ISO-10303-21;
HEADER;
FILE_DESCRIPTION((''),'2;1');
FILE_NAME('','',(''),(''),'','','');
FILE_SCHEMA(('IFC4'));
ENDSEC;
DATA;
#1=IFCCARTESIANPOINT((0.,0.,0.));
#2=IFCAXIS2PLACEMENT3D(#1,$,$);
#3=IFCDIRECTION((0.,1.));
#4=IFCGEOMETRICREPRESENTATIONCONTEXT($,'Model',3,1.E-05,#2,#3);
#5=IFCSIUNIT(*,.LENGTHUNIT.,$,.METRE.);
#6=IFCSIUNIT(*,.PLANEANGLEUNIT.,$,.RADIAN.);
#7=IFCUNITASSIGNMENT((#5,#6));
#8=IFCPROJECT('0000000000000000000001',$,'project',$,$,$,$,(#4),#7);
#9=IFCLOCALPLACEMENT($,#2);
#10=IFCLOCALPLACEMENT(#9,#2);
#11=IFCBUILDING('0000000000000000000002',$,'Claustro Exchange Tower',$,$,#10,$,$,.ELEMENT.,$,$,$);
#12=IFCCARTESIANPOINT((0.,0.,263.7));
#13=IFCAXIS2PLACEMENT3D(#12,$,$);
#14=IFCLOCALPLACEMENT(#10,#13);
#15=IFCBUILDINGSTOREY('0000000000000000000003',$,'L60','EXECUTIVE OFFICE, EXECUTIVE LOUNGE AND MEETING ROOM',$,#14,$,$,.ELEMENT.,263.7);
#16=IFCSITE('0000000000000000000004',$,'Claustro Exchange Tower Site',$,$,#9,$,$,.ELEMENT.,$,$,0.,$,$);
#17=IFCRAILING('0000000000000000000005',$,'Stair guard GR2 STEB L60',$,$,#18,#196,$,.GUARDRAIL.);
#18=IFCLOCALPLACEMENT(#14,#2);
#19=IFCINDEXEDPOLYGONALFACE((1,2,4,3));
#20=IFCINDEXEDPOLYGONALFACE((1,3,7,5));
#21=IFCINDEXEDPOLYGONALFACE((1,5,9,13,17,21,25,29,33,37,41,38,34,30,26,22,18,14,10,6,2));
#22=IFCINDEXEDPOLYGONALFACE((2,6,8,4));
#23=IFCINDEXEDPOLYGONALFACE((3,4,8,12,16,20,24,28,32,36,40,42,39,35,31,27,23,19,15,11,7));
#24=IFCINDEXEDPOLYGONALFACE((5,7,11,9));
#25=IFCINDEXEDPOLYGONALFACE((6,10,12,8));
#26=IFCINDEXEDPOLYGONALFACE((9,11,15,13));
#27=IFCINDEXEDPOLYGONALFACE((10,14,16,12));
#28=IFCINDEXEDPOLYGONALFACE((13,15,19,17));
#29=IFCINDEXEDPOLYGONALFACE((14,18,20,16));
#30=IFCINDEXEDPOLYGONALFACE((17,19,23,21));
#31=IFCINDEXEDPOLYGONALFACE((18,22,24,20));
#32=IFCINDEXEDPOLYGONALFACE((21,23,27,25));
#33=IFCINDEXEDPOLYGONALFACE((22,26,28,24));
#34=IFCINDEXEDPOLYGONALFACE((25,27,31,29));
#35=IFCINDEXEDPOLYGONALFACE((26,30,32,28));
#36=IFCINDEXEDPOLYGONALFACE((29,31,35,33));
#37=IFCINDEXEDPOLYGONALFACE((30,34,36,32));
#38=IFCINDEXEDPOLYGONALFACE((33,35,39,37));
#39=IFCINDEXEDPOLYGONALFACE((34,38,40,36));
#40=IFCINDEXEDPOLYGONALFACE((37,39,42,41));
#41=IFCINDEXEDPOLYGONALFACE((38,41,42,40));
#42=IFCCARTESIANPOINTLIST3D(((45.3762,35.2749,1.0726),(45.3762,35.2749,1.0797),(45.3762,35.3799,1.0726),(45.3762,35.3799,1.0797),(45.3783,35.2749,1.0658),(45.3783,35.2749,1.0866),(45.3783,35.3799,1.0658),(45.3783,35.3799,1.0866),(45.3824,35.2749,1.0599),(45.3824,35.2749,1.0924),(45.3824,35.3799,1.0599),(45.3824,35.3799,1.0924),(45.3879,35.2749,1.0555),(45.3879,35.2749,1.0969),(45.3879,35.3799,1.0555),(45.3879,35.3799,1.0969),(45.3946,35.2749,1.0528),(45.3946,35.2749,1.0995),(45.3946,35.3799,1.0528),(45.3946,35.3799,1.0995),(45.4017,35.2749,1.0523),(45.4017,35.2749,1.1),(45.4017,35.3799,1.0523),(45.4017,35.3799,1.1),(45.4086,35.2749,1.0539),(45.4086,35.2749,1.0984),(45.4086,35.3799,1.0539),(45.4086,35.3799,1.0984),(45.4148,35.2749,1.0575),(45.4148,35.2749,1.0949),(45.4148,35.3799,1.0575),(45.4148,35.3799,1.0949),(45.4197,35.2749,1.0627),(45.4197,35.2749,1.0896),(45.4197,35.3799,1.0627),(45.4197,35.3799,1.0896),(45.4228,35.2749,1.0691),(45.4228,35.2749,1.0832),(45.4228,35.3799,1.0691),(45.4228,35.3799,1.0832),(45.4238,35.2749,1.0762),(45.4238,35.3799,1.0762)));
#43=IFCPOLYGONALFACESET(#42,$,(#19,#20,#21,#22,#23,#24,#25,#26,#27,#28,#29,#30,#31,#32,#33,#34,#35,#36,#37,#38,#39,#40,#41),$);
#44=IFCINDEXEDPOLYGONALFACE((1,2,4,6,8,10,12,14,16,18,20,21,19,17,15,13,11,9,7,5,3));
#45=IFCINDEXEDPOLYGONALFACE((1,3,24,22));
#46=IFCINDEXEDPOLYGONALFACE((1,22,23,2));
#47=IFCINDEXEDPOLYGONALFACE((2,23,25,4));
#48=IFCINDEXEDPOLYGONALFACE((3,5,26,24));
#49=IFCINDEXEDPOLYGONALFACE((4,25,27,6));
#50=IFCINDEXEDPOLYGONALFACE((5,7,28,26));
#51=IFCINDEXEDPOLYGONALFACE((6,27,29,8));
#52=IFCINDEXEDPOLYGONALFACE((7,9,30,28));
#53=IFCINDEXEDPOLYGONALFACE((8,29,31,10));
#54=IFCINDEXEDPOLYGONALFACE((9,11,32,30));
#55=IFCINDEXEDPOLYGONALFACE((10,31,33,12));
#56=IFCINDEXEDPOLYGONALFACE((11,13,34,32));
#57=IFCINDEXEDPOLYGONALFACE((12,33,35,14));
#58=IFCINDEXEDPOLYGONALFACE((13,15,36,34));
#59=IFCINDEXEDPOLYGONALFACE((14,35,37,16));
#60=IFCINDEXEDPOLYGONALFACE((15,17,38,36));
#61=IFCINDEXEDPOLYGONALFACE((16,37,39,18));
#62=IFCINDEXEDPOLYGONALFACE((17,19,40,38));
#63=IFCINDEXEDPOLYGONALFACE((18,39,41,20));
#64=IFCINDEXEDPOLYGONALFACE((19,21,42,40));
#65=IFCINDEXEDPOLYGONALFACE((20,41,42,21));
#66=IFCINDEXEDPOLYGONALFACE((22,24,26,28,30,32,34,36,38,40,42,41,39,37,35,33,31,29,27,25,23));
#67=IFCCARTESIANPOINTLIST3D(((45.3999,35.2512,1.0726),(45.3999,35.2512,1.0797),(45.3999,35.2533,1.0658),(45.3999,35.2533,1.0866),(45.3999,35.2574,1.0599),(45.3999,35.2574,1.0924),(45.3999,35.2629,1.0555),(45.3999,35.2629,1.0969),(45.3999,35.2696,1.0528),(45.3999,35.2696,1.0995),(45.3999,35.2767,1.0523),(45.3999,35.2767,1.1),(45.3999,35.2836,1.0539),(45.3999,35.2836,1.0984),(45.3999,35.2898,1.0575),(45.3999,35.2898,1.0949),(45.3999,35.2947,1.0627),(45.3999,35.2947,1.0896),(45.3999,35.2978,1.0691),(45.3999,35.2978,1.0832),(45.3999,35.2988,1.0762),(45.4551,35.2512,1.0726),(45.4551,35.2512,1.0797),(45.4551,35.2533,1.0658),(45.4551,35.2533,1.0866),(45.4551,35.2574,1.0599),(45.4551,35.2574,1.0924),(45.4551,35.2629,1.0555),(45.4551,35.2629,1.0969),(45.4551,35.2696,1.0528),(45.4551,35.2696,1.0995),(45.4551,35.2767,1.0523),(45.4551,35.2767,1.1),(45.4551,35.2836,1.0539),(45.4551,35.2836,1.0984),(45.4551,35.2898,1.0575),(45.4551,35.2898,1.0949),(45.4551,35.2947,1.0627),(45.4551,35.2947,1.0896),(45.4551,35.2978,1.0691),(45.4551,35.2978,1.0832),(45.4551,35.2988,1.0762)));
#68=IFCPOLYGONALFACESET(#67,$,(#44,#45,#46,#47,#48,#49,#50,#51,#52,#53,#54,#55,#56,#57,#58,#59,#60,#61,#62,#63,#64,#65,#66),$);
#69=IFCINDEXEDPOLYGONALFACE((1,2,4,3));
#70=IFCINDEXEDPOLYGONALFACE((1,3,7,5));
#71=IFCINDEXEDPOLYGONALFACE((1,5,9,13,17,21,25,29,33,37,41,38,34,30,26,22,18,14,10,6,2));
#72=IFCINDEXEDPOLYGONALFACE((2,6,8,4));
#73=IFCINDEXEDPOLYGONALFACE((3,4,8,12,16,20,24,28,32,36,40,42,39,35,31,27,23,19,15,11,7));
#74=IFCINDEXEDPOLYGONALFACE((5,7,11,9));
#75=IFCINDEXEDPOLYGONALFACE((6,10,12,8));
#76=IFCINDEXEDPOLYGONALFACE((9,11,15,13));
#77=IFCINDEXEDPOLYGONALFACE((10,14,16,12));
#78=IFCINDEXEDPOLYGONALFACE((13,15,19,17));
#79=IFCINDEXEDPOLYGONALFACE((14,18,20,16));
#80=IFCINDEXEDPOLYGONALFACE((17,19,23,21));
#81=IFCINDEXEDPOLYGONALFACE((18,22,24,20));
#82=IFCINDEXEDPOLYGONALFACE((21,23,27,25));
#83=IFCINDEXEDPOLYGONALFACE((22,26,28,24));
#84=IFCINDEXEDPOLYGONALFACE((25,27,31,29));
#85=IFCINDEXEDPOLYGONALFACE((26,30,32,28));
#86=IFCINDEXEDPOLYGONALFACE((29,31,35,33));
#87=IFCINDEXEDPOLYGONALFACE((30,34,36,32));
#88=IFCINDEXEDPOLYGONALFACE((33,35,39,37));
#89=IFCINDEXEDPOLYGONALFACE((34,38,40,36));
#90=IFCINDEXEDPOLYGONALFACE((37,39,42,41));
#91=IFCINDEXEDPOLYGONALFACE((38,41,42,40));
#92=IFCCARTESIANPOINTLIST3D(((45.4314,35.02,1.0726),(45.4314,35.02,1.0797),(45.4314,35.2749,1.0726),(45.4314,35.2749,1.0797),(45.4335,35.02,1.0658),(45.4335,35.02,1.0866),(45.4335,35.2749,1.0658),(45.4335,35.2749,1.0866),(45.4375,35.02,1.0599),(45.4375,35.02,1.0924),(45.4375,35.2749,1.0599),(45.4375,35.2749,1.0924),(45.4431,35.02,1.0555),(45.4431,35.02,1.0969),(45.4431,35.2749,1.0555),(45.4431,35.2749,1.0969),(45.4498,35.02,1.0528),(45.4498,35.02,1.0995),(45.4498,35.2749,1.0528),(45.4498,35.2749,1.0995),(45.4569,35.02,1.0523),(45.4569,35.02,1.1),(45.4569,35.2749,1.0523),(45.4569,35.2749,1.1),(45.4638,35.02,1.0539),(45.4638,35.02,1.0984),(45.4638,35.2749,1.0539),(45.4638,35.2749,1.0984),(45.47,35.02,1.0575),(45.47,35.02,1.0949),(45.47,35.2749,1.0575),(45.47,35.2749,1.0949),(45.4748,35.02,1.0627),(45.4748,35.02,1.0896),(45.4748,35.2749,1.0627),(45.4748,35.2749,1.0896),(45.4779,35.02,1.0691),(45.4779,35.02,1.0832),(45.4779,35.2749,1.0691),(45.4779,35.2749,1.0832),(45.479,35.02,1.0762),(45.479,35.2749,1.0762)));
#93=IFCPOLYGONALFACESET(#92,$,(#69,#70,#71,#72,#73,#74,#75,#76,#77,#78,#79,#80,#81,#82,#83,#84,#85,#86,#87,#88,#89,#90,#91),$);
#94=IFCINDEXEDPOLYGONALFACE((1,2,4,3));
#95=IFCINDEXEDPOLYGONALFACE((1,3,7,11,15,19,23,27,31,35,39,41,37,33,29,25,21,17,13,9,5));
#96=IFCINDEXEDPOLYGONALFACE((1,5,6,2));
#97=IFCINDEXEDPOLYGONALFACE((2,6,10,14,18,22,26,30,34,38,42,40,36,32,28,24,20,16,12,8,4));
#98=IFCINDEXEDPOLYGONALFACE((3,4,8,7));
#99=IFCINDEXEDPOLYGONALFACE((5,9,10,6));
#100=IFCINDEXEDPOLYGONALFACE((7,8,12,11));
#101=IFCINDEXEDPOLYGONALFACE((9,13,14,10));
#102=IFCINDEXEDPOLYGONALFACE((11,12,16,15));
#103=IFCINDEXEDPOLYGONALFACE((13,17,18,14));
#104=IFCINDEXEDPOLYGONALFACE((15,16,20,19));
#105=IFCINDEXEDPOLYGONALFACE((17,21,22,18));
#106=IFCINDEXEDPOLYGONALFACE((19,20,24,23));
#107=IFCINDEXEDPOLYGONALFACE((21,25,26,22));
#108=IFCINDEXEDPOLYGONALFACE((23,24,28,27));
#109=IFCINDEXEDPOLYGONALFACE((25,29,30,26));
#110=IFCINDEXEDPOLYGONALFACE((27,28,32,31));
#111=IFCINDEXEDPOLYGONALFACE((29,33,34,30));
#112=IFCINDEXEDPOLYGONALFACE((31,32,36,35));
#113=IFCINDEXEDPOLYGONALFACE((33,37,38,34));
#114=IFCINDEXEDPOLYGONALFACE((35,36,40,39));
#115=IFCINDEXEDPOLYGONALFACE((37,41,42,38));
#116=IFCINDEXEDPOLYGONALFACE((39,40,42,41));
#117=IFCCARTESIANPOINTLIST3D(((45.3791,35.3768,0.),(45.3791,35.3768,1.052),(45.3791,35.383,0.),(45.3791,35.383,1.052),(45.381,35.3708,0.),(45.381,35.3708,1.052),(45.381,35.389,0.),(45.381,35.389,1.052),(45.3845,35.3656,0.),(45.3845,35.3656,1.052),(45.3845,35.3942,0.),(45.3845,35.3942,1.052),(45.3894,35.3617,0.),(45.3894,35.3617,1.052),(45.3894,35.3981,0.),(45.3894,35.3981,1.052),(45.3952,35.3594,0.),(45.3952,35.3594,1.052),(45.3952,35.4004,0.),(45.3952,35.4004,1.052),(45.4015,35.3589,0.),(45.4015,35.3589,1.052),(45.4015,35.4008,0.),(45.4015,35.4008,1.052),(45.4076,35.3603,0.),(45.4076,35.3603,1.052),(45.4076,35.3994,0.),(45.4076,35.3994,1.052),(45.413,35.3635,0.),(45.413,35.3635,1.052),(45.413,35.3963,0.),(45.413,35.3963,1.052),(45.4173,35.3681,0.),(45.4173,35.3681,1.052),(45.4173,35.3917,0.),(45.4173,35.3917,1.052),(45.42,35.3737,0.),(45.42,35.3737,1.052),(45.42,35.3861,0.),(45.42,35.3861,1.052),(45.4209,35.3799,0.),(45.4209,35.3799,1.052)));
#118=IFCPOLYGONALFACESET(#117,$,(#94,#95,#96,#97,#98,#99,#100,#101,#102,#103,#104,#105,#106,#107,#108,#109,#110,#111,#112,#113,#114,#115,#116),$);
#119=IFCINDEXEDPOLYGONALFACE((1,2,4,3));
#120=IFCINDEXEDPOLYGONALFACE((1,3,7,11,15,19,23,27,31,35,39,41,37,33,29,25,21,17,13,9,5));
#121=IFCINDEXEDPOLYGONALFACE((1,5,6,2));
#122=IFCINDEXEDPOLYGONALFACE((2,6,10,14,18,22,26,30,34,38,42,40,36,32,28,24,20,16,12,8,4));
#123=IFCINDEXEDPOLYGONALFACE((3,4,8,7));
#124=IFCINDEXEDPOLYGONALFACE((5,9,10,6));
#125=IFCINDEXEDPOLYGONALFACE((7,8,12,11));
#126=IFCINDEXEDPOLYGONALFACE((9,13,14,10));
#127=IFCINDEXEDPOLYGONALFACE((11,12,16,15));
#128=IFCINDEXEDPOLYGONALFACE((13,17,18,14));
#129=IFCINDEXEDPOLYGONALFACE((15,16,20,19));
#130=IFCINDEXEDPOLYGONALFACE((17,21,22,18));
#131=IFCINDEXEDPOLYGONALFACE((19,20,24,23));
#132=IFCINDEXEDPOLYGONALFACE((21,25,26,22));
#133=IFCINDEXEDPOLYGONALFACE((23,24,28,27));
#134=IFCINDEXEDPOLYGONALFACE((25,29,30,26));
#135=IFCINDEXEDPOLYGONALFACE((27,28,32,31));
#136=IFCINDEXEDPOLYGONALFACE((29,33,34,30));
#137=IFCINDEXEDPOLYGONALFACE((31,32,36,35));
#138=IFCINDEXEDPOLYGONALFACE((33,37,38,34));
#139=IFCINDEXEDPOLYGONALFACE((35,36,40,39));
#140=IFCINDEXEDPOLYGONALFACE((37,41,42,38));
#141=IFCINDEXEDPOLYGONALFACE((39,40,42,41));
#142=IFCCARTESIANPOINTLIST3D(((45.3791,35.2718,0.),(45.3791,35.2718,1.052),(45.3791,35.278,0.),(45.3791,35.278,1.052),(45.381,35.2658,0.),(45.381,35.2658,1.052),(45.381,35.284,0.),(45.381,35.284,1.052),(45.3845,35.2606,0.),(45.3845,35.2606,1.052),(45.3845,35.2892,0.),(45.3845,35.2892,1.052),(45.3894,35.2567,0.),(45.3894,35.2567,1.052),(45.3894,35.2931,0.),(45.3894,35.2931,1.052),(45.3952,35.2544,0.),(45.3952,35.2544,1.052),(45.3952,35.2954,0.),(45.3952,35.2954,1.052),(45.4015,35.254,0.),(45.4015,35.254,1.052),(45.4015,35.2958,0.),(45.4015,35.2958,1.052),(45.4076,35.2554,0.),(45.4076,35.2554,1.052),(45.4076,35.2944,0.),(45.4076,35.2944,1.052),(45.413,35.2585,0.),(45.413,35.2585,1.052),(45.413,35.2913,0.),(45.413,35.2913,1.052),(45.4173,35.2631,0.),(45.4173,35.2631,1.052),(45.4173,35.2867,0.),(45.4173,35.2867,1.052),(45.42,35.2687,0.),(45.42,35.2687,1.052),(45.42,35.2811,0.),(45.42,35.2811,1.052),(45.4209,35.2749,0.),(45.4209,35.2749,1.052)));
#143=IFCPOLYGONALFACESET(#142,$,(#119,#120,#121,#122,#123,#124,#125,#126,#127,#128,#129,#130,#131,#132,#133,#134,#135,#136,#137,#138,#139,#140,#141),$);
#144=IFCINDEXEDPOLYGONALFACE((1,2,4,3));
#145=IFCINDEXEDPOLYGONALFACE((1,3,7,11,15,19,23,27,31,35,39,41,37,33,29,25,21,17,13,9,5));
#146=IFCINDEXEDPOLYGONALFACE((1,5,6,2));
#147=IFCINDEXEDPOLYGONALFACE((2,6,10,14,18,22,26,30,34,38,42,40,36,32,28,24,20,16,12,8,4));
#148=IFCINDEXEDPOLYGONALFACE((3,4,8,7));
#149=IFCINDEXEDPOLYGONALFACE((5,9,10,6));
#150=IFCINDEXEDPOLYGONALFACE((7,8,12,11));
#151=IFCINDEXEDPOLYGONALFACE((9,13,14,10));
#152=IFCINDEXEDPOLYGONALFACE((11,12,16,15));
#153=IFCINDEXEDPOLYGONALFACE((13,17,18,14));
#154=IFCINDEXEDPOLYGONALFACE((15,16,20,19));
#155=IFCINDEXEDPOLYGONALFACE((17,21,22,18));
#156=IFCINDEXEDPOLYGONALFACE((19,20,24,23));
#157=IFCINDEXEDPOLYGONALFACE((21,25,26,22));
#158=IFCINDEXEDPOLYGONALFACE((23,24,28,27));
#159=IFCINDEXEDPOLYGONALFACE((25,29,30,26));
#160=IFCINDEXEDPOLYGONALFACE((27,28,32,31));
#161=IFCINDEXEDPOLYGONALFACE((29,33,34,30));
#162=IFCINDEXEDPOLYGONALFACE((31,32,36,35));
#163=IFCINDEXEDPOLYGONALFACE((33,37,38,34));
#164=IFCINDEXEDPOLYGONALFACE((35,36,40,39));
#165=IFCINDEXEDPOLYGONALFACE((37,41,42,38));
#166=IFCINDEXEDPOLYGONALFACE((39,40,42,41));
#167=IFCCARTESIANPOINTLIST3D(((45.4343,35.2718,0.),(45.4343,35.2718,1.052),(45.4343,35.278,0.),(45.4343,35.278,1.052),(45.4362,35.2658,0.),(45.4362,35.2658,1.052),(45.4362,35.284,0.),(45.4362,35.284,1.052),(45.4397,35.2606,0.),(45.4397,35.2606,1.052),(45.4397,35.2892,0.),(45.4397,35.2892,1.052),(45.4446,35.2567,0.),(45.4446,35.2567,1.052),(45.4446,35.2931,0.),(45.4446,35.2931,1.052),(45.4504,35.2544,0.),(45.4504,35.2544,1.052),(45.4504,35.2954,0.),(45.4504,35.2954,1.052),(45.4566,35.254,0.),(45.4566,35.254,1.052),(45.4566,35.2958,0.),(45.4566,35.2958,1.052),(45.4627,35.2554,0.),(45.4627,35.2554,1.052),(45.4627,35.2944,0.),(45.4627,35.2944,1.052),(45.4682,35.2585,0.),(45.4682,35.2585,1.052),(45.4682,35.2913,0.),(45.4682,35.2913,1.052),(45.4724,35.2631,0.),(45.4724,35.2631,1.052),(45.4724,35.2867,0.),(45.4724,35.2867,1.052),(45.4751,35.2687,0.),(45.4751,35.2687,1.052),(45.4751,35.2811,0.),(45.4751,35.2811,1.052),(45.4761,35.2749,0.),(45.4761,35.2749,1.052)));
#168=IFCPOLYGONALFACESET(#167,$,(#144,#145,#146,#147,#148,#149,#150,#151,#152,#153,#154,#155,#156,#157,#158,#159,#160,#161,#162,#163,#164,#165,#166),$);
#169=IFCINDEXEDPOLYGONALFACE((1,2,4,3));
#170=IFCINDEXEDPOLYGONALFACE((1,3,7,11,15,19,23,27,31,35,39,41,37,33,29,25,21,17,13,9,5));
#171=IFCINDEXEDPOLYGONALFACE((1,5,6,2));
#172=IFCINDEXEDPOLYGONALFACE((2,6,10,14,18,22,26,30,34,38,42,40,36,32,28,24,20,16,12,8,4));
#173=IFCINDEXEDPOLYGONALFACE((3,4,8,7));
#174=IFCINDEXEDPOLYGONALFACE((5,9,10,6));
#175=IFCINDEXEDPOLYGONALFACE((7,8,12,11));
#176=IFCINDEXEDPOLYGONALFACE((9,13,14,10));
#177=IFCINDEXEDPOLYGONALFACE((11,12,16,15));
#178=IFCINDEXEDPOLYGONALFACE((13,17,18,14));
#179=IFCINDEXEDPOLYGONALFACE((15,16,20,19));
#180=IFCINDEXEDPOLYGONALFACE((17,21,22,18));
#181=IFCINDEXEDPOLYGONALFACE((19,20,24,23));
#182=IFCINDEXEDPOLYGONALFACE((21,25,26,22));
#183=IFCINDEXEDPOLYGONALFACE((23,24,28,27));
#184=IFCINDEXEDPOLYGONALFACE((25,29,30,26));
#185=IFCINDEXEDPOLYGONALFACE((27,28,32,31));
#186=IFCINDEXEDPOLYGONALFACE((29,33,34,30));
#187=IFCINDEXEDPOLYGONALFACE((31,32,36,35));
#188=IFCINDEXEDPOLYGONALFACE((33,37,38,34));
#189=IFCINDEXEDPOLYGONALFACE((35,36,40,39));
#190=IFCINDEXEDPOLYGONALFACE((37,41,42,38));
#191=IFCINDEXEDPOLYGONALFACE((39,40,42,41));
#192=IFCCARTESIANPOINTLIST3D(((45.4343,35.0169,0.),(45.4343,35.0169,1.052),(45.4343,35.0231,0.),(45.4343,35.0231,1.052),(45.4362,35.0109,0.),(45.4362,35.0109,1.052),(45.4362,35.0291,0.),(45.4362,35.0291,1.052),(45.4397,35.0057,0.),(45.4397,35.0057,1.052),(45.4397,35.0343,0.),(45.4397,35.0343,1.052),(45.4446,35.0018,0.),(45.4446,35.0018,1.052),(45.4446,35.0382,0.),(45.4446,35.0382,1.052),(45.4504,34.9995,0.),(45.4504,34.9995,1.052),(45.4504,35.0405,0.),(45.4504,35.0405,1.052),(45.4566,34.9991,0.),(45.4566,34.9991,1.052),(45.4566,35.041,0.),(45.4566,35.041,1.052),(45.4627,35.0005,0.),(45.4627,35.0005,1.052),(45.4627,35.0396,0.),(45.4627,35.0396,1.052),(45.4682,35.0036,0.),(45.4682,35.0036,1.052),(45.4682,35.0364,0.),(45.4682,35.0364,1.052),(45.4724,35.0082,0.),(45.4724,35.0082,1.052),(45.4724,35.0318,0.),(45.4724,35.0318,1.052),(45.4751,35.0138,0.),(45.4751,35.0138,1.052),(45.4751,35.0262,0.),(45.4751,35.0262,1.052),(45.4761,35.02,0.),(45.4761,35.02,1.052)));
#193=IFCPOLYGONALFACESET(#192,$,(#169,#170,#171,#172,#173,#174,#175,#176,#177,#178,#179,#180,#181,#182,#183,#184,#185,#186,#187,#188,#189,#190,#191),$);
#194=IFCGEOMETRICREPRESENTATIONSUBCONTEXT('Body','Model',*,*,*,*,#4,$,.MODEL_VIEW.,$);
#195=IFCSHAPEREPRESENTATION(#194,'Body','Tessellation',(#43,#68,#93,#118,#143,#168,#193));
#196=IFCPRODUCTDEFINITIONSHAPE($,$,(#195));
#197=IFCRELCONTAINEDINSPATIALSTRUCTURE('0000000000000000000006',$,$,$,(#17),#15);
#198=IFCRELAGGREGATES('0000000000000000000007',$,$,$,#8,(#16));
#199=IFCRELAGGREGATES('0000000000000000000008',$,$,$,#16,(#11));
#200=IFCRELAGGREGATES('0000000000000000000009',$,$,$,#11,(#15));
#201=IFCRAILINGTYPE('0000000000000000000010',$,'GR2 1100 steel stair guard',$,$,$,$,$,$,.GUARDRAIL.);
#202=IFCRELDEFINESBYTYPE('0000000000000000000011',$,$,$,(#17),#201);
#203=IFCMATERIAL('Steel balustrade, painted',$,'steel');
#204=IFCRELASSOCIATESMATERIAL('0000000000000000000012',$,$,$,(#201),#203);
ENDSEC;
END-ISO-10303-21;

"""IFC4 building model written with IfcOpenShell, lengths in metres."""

from ifc_helpers import new_model, si_unit, direction, frame, origin, origin_2d, place, context, subcontext, project, spatial, circle, extrude, material, type_object, element, save


model = new_model("IFC4")

# Units and contexts
model_context = context("Model", 3, precision=1e-05, world=origin(), true_north=direction((0.0, 1.0)))
body_context = subcontext(model_context, "Body", "Model", "MODEL_VIEW")
ifc_project = project(units=[si_unit("LENGTHUNIT", "METRE"), si_unit("PLANEANGLEUNIT", "RADIAN")], contexts=[model_context])

# Site, building, storey
site_placement = place(None, origin())
site = spatial("IfcSite", under=ifc_project, at=site_placement, Name="Claustro Exchange Tower Site", CompositionType="ELEMENT", RefElevation=0.0)
building_placement = place(site_placement, origin())
building = spatial("IfcBuilding", under=site, at=building_placement, Name="Claustro Exchange Tower", CompositionType="ELEMENT")
storey_placement = place(building_placement, frame((0.0, 0.0, 263.7)))
storey = spatial("IfcBuildingStorey", under=building, at=storey_placement, Name="L60", Description="EXECUTIVE OFFICE, EXECUTIVE LOUNGE AND MEETING ROOM", CompositionType="ELEMENT", Elevation=263.7)

# Railing
ifc_material_1 = material(Name="Steel balustrade, painted", Category="steel")
railing_type_1 = type_object("IfcRailingType", Name="GR2 1100 steel stair guard", PredefinedType="GUARDRAIL", material=ifc_material_1)
railing_1_placement = place(storey_placement, frame((45.3999, 35.3799, 0.0)))
element("IfcRailing", 1, at=railing_1_placement, inside=storey, type_object=railing_type_1, Name="Stair guard GR2 STEB L60", PredefinedType="GUARDRAIL", context=body_context, shape_type="SweptSolid", body=[
    extrude(circle(Radius=0.0239, at=origin_2d()), frame((0.0, 0.0, 1.0762), z_axis=(0.0, -1.0, 0.0), x_axis=(1.0, 0.0, 0.0)), (0.0, 0.0, 1.0), 0.105),
    extrude(circle(Radius=0.0239, at=origin_2d()), frame((0.0, -0.105, 1.0762), z_axis=(1.0, 0.0, 0.0), x_axis=(0.0, 1.0, 0.0)), (0.0, 0.0, 1.0), 0.0552),
    extrude(circle(Radius=0.0239, at=origin_2d()), frame((0.0552, -0.105, 1.0762), z_axis=(0.0, -1.0, 0.0), x_axis=(1.0, 0.0, 0.0)), (0.0, 0.0, 1.0), 0.2549),
    extrude(circle(Radius=0.021, at=origin_2d()), origin(), (0.0, 0.0, 1.0), 1.052),
    extrude(circle(Radius=0.021, at=origin_2d()), frame((0.0, -0.105, 0.0)), (0.0, 0.0, 1.0), 1.052),
    extrude(circle(Radius=0.021, at=origin_2d()), frame((0.0552, -0.105, 0.0)), (0.0, 0.0, 1.0), 1.052),
    extrude(circle(Radius=0.021, at=origin_2d()), frame((0.0552, -0.3599, 0.0)), (0.0, 0.0, 1.0), 1.052),
])

save(model, "model.ifc")
